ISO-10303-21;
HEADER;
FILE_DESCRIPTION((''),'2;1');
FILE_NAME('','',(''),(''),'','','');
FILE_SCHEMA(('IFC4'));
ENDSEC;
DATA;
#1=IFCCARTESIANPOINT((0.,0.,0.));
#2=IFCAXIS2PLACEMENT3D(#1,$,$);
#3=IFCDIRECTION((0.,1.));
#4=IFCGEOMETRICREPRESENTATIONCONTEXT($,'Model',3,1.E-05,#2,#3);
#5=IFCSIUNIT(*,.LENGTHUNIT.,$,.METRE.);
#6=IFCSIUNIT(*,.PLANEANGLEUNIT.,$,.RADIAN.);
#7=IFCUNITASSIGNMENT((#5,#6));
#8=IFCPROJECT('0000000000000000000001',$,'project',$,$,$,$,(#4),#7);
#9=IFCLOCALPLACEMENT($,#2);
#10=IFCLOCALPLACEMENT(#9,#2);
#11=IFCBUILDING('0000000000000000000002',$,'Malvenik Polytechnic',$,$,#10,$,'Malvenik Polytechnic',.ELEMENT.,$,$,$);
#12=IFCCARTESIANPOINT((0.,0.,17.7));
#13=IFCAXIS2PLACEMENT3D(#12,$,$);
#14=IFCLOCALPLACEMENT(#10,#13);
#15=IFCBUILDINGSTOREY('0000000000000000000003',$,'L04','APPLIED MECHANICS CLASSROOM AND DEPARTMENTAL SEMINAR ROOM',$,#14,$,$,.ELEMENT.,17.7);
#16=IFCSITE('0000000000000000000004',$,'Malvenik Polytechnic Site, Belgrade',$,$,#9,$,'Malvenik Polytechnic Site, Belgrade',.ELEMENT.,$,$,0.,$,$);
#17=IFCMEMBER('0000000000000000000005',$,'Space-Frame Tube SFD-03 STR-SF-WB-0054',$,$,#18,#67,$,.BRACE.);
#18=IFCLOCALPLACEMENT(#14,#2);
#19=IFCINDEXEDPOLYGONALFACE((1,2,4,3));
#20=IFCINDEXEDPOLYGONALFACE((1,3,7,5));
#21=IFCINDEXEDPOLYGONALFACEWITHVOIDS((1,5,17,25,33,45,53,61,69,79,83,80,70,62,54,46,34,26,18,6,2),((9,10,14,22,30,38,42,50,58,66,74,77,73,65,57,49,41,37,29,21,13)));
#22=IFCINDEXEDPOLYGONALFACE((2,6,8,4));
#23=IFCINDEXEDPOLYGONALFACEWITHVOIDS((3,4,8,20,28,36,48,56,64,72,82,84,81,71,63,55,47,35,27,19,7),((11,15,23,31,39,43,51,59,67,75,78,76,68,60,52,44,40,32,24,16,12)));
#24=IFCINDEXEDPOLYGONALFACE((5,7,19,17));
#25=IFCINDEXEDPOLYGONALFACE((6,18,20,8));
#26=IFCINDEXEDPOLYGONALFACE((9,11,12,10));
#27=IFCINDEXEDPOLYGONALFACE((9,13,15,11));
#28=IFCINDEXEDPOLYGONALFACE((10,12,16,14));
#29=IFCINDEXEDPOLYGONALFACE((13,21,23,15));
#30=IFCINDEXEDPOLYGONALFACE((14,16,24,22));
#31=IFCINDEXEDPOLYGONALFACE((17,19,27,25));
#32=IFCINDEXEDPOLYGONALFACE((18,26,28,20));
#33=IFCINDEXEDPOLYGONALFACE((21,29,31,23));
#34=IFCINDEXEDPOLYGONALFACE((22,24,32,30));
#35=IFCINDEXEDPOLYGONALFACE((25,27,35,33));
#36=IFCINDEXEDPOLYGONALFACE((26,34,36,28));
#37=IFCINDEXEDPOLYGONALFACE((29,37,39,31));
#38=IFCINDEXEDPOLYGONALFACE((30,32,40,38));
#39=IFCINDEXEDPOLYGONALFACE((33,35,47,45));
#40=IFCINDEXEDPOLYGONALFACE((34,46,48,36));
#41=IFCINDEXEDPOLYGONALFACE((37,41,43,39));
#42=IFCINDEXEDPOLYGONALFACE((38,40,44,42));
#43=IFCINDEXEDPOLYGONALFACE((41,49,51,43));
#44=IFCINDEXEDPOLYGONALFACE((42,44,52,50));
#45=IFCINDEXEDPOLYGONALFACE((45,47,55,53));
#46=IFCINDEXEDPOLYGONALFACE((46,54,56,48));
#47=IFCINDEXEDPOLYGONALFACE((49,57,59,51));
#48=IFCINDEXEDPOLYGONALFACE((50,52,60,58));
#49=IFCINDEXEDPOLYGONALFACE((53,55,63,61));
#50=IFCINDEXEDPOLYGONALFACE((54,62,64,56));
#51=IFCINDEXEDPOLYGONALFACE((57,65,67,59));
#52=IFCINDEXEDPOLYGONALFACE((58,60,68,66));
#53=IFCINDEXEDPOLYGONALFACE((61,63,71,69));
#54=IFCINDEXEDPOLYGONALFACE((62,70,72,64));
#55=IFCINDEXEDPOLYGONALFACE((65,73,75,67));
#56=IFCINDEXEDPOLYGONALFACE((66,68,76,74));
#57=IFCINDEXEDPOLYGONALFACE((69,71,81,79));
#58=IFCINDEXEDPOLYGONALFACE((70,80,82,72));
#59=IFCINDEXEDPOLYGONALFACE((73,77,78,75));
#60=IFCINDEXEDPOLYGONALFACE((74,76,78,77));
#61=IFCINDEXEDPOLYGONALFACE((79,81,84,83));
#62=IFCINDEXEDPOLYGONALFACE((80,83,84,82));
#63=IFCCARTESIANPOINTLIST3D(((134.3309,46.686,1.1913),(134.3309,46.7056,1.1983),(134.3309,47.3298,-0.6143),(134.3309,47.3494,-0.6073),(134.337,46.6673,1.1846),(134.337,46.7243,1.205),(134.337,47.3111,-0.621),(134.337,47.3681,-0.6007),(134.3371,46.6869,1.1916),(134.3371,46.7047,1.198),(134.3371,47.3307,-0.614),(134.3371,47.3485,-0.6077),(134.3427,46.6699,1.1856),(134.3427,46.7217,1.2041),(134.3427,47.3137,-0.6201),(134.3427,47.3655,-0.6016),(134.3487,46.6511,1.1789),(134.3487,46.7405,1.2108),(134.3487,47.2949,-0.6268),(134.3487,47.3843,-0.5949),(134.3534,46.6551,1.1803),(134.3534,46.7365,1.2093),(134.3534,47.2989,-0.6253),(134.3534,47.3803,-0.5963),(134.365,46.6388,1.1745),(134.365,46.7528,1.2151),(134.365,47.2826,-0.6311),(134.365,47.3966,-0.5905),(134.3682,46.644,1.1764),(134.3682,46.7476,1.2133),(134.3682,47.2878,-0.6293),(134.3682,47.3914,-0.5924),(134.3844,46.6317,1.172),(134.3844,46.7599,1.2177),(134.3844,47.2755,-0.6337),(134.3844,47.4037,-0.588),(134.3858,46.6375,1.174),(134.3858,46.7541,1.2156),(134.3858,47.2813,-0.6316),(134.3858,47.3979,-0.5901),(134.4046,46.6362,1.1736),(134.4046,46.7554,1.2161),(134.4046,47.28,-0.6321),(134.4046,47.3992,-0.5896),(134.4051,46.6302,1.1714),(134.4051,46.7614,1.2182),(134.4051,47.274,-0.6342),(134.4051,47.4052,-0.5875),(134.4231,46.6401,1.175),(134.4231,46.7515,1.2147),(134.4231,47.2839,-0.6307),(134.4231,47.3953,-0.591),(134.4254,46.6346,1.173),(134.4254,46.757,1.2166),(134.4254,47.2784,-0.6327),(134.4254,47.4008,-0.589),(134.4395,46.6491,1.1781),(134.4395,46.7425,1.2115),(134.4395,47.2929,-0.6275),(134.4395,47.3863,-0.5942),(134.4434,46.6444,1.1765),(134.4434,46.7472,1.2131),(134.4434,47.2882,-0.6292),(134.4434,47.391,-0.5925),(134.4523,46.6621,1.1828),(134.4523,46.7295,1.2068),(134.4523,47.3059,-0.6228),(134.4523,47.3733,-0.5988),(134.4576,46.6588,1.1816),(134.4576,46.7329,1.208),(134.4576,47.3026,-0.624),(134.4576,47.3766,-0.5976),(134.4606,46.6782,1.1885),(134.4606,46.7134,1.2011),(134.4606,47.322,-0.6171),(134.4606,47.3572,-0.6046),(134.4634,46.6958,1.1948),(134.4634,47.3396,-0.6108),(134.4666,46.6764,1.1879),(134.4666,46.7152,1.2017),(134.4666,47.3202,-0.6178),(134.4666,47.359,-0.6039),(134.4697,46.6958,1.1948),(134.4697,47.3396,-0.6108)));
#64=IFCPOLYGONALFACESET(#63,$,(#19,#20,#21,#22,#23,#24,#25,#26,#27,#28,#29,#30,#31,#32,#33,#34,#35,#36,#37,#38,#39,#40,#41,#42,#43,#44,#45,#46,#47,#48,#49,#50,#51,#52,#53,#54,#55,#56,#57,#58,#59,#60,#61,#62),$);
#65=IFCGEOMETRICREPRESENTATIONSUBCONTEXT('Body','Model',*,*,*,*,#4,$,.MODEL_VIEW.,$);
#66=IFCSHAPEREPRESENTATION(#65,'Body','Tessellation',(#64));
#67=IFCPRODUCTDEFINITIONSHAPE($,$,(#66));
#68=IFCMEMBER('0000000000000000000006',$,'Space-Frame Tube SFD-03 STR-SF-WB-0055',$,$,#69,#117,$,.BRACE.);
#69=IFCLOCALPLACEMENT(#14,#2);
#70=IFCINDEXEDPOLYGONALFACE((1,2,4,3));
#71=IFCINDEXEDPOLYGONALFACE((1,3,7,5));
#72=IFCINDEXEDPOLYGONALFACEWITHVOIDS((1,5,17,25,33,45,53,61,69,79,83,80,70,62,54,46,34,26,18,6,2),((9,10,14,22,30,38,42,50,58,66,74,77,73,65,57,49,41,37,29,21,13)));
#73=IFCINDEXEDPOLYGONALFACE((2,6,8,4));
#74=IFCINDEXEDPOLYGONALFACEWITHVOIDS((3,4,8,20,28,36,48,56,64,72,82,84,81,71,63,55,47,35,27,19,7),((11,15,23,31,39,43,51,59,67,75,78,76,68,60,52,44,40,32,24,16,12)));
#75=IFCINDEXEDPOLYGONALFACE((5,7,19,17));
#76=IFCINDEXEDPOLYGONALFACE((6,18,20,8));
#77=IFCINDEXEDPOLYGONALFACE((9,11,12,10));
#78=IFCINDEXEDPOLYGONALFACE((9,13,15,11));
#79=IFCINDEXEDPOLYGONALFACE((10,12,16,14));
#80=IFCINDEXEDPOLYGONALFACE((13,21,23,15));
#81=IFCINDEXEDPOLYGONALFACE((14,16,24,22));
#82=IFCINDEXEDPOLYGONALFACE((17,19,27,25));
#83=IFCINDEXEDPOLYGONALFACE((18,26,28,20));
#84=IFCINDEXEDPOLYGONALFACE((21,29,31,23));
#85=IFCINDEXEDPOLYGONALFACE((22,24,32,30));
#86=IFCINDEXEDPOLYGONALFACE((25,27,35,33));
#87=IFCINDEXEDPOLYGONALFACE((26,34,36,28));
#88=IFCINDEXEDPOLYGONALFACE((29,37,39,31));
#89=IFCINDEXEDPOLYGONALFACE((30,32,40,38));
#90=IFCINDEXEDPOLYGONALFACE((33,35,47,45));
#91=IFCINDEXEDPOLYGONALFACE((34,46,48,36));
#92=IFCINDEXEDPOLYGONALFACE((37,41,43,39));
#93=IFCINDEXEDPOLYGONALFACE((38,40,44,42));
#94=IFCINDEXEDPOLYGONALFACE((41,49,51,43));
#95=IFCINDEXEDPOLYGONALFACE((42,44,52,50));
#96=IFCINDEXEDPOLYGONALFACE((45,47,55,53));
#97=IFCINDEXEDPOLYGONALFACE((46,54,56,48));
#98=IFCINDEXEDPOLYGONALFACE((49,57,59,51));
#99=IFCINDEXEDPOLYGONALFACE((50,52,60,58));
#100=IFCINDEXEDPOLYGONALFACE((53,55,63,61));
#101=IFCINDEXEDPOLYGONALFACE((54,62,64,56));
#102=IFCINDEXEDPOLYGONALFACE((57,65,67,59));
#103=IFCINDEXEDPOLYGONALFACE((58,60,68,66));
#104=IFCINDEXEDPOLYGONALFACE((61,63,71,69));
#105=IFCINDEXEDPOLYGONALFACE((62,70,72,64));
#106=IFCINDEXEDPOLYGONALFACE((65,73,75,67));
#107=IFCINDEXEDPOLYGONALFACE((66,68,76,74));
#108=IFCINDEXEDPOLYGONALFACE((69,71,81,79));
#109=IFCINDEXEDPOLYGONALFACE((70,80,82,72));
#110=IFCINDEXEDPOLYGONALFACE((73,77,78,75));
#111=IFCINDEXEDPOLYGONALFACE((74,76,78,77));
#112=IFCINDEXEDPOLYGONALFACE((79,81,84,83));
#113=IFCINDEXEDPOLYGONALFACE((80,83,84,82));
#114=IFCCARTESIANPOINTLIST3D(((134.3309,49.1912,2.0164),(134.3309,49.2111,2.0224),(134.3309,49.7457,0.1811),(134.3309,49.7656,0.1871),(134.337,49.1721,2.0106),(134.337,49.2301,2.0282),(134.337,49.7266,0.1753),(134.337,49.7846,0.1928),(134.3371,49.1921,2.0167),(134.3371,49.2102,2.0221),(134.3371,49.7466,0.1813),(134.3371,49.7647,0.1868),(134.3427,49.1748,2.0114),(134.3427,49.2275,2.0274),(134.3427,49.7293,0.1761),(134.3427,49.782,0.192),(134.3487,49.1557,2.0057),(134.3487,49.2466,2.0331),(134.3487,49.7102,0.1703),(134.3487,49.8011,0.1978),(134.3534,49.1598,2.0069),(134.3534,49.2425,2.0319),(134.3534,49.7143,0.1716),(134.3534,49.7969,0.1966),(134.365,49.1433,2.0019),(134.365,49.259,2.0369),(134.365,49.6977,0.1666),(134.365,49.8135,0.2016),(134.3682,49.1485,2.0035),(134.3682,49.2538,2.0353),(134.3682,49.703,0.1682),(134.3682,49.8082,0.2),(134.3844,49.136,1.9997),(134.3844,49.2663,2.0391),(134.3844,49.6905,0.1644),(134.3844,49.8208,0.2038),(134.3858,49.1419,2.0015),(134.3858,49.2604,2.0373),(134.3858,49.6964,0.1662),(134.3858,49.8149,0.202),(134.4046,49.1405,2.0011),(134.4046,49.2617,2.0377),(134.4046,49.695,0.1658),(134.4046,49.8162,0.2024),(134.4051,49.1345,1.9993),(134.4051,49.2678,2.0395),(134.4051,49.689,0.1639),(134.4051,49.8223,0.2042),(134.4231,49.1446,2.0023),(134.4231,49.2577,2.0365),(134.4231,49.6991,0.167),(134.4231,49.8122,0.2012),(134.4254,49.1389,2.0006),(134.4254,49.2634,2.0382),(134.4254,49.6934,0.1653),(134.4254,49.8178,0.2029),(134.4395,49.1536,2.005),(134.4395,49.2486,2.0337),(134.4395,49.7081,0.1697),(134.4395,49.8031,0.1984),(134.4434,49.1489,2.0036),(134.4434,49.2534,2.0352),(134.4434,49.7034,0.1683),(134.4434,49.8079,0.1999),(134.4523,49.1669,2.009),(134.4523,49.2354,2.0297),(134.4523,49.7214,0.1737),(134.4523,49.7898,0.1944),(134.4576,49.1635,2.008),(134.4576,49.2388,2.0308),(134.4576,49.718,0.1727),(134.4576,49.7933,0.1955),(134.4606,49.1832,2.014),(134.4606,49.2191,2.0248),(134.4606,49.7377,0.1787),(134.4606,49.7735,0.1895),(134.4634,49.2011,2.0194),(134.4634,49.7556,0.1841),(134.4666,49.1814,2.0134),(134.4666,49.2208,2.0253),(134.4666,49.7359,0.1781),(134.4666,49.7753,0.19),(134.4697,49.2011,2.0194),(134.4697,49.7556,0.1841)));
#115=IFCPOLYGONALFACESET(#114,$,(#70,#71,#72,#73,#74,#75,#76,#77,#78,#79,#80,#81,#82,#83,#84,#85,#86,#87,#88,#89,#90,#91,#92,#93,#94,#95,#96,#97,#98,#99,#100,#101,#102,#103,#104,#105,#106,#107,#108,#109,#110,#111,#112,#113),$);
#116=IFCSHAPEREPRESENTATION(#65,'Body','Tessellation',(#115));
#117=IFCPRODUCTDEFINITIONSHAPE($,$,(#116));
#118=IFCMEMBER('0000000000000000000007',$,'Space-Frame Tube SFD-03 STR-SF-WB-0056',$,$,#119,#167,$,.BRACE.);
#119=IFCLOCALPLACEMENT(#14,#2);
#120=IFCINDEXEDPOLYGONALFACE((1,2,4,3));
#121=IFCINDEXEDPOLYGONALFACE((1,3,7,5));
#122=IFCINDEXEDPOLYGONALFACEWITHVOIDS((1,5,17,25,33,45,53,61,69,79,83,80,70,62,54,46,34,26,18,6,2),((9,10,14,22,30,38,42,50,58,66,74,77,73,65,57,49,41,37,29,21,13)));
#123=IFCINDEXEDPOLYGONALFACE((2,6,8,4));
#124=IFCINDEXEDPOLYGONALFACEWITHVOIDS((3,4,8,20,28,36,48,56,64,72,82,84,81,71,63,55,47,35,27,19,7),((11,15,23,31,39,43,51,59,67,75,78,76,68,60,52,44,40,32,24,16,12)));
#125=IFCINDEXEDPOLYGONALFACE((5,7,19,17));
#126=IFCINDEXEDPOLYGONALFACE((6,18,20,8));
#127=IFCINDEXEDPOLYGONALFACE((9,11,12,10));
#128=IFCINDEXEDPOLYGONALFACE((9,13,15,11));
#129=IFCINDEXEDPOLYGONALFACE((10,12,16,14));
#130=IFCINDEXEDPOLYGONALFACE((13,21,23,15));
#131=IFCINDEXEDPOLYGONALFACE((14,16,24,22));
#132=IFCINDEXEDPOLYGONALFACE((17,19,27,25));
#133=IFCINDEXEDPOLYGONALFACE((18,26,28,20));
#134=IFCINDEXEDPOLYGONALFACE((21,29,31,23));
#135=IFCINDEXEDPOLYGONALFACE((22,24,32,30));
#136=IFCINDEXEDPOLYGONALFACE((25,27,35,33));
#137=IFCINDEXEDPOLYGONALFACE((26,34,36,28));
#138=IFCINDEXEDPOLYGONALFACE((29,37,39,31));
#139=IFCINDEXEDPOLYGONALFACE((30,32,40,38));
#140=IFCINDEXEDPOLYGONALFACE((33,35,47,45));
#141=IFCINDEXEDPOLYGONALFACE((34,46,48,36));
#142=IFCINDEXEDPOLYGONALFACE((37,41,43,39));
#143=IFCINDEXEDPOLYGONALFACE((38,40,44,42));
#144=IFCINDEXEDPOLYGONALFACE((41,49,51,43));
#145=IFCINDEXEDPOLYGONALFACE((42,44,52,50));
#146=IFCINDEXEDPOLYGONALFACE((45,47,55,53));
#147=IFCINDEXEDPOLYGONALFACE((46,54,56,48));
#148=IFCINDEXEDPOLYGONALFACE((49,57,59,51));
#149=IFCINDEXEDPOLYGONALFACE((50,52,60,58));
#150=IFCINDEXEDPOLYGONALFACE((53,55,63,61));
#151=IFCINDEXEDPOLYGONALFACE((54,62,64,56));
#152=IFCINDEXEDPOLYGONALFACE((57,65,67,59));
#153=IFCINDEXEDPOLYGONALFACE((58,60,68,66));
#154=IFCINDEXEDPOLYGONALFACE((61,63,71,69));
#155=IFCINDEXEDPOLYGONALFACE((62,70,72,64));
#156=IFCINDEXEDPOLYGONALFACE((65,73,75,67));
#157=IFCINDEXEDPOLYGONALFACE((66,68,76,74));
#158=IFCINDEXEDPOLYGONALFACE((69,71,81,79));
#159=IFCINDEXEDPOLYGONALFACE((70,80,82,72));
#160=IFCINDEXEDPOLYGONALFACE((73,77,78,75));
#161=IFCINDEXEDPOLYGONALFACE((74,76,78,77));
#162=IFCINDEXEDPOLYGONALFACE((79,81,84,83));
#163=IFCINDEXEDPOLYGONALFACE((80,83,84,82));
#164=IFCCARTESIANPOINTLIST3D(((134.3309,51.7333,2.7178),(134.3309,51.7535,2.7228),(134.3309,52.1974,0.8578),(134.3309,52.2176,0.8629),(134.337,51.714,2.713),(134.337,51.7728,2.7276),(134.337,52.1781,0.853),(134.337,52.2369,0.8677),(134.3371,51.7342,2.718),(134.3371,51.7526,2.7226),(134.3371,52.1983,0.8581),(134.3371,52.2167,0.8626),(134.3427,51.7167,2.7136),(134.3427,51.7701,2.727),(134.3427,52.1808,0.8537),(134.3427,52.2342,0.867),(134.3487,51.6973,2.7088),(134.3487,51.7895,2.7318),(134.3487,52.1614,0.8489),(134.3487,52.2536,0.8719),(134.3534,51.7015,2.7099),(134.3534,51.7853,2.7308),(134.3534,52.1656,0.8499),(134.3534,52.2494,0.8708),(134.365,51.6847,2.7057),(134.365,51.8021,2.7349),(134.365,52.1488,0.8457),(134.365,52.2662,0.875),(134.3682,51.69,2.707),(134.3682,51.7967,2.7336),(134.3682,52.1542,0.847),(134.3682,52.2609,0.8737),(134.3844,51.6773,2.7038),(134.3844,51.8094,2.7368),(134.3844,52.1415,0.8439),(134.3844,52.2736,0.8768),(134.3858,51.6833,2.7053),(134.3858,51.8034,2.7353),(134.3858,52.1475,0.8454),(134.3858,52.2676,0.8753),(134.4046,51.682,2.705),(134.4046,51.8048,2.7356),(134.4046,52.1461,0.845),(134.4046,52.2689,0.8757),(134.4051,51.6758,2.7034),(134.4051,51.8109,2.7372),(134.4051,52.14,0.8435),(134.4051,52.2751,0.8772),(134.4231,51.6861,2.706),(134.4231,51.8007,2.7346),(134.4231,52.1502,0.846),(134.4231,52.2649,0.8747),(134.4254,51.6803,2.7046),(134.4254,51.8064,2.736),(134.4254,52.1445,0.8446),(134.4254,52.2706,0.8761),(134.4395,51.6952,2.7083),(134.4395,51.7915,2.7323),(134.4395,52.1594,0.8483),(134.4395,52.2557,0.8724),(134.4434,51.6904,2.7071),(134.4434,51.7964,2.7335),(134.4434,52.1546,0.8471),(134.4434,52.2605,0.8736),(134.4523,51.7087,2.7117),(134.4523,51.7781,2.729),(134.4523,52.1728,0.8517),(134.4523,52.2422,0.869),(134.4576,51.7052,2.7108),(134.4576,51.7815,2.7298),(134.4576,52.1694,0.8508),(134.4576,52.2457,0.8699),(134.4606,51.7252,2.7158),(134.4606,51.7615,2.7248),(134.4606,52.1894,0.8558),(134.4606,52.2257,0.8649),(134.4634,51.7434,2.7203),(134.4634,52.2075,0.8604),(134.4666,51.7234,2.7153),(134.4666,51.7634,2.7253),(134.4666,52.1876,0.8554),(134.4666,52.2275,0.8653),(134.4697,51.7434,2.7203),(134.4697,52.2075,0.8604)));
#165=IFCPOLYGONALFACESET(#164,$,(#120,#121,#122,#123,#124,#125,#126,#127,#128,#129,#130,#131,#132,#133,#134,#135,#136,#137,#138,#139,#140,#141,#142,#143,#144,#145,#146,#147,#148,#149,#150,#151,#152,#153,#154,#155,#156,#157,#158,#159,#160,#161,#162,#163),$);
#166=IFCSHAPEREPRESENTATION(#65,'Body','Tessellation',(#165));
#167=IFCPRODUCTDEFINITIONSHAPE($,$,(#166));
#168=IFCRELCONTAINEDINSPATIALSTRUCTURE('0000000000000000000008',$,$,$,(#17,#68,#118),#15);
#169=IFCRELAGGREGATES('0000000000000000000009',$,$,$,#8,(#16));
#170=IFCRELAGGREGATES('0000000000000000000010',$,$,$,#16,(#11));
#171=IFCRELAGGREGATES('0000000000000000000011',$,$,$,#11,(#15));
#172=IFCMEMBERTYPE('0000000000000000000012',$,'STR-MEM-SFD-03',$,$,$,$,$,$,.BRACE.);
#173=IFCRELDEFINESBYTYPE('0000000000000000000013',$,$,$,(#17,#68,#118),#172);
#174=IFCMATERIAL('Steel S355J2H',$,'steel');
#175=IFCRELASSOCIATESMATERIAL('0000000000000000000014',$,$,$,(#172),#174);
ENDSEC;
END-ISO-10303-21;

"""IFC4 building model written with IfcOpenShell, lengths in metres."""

from ifc_helpers import new_model, si_unit, direction, frame, origin, origin_2d, place, context, subcontext, project, spatial, hollow_circle, extrude, material, material_profile, profile_set, type_object, element, save


model = new_model("IFC4")

# Units and contexts
model_context = context("Model", 3, precision=1e-05, world=origin(), true_north=direction((0.0, 1.0)))
body_context = subcontext(model_context, "Body", "Model", "MODEL_VIEW")
ifc_project = project(units=[si_unit("LENGTHUNIT", "METRE"), si_unit("PLANEANGLEUNIT", "RADIAN")], contexts=[model_context])

# Site, building, storey
site_placement = place(None, origin())
site = spatial("IfcSite", under=ifc_project, at=site_placement, Name="Malvenik Polytechnic Site, Belgrade", LongName="Malvenik Polytechnic Site, Belgrade", CompositionType="ELEMENT", RefElevation=0.0)
building_placement = place(site_placement, origin())
building = spatial("IfcBuilding", under=site, at=building_placement, Name="Malvenik Polytechnic", LongName="Malvenik Polytechnic", CompositionType="ELEMENT")
storey_placement = place(building_placement, frame((0.0, 0.0, 17.7)))
storey = spatial("IfcBuildingStorey", under=building, at=storey_placement, Name="L04", Description="APPLIED MECHANICS CLASSROOM AND DEPARTMENTAL SEMINAR ROOM", CompositionType="ELEMENT", Elevation=17.7)

# Members
ifc_material = material(Name="Steel S355J2H", Category="steel")
ifc_material_profile_1 = material_profile(ifc_material, hollow_circle(Radius=0.0698, WallThickness=0.0063, at=origin_2d()), Name="CHS 139.7x6.3")
ifc_profile_set_1 = profile_set([ifc_material_profile_1], Name="Steel S355J2H")
member_type_1 = type_object("IfcMemberType", Name="STR-MEM-SFD-03", PredefinedType="BRACE", material=ifc_profile_set_1)
member_1_placement = place(storey_placement, frame((134.3999, 47.3396, -0.6108), z_axis=(0.0, -0.335836, 0.94192), x_axis=(1.0, 0.0, 0.0)))
element("IfcMember", 1, at=member_1_placement, inside=storey, type_object=member_type_1, Name="Space-Frame Tube SFD-03 STR-SF-WB-0054", PredefinedType="BRACE", context=body_context, shape_type="SweptSolid", body=[
    extrude(hollow_circle(Radius=0.0698, WallThickness=0.0063, at=origin_2d()), origin(), (0.0, 0.0, 1.0), 1.917),
])
member_2_placement = place(storey_placement, frame((134.3999, 49.7556, 0.1841), z_axis=(0.0, -0.289205, 0.957267), x_axis=(1.0, 0.0, 0.0)))
element("IfcMember", 2, at=member_2_placement, inside=storey, type_object=member_type_1, Name="Space-Frame Tube SFD-03 STR-SF-WB-0055", PredefinedType="BRACE", context=body_context, shape_type="SweptSolid", body=[
    extrude(hollow_circle(Radius=0.0698, WallThickness=0.0063, at=origin_2d()), origin(), (0.0, 0.0, 1.0), 1.9172),
])
member_3_placement = place(storey_placement, frame((134.3999, 52.2075, 0.8604), z_axis=(0.0, -0.242116, 0.970247), x_axis=(1.0, 0.0, 0.0)))
element("IfcMember", 3, at=member_3_placement, inside=storey, type_object=member_type_1, Name="Space-Frame Tube SFD-03 STR-SF-WB-0056", PredefinedType="BRACE", context=body_context, shape_type="SweptSolid", body=[
    extrude(hollow_circle(Radius=0.0698, WallThickness=0.0063, at=origin_2d()), origin(), (0.0, 0.0, 1.0), 1.917),
])

save(model, "model.ifc")
